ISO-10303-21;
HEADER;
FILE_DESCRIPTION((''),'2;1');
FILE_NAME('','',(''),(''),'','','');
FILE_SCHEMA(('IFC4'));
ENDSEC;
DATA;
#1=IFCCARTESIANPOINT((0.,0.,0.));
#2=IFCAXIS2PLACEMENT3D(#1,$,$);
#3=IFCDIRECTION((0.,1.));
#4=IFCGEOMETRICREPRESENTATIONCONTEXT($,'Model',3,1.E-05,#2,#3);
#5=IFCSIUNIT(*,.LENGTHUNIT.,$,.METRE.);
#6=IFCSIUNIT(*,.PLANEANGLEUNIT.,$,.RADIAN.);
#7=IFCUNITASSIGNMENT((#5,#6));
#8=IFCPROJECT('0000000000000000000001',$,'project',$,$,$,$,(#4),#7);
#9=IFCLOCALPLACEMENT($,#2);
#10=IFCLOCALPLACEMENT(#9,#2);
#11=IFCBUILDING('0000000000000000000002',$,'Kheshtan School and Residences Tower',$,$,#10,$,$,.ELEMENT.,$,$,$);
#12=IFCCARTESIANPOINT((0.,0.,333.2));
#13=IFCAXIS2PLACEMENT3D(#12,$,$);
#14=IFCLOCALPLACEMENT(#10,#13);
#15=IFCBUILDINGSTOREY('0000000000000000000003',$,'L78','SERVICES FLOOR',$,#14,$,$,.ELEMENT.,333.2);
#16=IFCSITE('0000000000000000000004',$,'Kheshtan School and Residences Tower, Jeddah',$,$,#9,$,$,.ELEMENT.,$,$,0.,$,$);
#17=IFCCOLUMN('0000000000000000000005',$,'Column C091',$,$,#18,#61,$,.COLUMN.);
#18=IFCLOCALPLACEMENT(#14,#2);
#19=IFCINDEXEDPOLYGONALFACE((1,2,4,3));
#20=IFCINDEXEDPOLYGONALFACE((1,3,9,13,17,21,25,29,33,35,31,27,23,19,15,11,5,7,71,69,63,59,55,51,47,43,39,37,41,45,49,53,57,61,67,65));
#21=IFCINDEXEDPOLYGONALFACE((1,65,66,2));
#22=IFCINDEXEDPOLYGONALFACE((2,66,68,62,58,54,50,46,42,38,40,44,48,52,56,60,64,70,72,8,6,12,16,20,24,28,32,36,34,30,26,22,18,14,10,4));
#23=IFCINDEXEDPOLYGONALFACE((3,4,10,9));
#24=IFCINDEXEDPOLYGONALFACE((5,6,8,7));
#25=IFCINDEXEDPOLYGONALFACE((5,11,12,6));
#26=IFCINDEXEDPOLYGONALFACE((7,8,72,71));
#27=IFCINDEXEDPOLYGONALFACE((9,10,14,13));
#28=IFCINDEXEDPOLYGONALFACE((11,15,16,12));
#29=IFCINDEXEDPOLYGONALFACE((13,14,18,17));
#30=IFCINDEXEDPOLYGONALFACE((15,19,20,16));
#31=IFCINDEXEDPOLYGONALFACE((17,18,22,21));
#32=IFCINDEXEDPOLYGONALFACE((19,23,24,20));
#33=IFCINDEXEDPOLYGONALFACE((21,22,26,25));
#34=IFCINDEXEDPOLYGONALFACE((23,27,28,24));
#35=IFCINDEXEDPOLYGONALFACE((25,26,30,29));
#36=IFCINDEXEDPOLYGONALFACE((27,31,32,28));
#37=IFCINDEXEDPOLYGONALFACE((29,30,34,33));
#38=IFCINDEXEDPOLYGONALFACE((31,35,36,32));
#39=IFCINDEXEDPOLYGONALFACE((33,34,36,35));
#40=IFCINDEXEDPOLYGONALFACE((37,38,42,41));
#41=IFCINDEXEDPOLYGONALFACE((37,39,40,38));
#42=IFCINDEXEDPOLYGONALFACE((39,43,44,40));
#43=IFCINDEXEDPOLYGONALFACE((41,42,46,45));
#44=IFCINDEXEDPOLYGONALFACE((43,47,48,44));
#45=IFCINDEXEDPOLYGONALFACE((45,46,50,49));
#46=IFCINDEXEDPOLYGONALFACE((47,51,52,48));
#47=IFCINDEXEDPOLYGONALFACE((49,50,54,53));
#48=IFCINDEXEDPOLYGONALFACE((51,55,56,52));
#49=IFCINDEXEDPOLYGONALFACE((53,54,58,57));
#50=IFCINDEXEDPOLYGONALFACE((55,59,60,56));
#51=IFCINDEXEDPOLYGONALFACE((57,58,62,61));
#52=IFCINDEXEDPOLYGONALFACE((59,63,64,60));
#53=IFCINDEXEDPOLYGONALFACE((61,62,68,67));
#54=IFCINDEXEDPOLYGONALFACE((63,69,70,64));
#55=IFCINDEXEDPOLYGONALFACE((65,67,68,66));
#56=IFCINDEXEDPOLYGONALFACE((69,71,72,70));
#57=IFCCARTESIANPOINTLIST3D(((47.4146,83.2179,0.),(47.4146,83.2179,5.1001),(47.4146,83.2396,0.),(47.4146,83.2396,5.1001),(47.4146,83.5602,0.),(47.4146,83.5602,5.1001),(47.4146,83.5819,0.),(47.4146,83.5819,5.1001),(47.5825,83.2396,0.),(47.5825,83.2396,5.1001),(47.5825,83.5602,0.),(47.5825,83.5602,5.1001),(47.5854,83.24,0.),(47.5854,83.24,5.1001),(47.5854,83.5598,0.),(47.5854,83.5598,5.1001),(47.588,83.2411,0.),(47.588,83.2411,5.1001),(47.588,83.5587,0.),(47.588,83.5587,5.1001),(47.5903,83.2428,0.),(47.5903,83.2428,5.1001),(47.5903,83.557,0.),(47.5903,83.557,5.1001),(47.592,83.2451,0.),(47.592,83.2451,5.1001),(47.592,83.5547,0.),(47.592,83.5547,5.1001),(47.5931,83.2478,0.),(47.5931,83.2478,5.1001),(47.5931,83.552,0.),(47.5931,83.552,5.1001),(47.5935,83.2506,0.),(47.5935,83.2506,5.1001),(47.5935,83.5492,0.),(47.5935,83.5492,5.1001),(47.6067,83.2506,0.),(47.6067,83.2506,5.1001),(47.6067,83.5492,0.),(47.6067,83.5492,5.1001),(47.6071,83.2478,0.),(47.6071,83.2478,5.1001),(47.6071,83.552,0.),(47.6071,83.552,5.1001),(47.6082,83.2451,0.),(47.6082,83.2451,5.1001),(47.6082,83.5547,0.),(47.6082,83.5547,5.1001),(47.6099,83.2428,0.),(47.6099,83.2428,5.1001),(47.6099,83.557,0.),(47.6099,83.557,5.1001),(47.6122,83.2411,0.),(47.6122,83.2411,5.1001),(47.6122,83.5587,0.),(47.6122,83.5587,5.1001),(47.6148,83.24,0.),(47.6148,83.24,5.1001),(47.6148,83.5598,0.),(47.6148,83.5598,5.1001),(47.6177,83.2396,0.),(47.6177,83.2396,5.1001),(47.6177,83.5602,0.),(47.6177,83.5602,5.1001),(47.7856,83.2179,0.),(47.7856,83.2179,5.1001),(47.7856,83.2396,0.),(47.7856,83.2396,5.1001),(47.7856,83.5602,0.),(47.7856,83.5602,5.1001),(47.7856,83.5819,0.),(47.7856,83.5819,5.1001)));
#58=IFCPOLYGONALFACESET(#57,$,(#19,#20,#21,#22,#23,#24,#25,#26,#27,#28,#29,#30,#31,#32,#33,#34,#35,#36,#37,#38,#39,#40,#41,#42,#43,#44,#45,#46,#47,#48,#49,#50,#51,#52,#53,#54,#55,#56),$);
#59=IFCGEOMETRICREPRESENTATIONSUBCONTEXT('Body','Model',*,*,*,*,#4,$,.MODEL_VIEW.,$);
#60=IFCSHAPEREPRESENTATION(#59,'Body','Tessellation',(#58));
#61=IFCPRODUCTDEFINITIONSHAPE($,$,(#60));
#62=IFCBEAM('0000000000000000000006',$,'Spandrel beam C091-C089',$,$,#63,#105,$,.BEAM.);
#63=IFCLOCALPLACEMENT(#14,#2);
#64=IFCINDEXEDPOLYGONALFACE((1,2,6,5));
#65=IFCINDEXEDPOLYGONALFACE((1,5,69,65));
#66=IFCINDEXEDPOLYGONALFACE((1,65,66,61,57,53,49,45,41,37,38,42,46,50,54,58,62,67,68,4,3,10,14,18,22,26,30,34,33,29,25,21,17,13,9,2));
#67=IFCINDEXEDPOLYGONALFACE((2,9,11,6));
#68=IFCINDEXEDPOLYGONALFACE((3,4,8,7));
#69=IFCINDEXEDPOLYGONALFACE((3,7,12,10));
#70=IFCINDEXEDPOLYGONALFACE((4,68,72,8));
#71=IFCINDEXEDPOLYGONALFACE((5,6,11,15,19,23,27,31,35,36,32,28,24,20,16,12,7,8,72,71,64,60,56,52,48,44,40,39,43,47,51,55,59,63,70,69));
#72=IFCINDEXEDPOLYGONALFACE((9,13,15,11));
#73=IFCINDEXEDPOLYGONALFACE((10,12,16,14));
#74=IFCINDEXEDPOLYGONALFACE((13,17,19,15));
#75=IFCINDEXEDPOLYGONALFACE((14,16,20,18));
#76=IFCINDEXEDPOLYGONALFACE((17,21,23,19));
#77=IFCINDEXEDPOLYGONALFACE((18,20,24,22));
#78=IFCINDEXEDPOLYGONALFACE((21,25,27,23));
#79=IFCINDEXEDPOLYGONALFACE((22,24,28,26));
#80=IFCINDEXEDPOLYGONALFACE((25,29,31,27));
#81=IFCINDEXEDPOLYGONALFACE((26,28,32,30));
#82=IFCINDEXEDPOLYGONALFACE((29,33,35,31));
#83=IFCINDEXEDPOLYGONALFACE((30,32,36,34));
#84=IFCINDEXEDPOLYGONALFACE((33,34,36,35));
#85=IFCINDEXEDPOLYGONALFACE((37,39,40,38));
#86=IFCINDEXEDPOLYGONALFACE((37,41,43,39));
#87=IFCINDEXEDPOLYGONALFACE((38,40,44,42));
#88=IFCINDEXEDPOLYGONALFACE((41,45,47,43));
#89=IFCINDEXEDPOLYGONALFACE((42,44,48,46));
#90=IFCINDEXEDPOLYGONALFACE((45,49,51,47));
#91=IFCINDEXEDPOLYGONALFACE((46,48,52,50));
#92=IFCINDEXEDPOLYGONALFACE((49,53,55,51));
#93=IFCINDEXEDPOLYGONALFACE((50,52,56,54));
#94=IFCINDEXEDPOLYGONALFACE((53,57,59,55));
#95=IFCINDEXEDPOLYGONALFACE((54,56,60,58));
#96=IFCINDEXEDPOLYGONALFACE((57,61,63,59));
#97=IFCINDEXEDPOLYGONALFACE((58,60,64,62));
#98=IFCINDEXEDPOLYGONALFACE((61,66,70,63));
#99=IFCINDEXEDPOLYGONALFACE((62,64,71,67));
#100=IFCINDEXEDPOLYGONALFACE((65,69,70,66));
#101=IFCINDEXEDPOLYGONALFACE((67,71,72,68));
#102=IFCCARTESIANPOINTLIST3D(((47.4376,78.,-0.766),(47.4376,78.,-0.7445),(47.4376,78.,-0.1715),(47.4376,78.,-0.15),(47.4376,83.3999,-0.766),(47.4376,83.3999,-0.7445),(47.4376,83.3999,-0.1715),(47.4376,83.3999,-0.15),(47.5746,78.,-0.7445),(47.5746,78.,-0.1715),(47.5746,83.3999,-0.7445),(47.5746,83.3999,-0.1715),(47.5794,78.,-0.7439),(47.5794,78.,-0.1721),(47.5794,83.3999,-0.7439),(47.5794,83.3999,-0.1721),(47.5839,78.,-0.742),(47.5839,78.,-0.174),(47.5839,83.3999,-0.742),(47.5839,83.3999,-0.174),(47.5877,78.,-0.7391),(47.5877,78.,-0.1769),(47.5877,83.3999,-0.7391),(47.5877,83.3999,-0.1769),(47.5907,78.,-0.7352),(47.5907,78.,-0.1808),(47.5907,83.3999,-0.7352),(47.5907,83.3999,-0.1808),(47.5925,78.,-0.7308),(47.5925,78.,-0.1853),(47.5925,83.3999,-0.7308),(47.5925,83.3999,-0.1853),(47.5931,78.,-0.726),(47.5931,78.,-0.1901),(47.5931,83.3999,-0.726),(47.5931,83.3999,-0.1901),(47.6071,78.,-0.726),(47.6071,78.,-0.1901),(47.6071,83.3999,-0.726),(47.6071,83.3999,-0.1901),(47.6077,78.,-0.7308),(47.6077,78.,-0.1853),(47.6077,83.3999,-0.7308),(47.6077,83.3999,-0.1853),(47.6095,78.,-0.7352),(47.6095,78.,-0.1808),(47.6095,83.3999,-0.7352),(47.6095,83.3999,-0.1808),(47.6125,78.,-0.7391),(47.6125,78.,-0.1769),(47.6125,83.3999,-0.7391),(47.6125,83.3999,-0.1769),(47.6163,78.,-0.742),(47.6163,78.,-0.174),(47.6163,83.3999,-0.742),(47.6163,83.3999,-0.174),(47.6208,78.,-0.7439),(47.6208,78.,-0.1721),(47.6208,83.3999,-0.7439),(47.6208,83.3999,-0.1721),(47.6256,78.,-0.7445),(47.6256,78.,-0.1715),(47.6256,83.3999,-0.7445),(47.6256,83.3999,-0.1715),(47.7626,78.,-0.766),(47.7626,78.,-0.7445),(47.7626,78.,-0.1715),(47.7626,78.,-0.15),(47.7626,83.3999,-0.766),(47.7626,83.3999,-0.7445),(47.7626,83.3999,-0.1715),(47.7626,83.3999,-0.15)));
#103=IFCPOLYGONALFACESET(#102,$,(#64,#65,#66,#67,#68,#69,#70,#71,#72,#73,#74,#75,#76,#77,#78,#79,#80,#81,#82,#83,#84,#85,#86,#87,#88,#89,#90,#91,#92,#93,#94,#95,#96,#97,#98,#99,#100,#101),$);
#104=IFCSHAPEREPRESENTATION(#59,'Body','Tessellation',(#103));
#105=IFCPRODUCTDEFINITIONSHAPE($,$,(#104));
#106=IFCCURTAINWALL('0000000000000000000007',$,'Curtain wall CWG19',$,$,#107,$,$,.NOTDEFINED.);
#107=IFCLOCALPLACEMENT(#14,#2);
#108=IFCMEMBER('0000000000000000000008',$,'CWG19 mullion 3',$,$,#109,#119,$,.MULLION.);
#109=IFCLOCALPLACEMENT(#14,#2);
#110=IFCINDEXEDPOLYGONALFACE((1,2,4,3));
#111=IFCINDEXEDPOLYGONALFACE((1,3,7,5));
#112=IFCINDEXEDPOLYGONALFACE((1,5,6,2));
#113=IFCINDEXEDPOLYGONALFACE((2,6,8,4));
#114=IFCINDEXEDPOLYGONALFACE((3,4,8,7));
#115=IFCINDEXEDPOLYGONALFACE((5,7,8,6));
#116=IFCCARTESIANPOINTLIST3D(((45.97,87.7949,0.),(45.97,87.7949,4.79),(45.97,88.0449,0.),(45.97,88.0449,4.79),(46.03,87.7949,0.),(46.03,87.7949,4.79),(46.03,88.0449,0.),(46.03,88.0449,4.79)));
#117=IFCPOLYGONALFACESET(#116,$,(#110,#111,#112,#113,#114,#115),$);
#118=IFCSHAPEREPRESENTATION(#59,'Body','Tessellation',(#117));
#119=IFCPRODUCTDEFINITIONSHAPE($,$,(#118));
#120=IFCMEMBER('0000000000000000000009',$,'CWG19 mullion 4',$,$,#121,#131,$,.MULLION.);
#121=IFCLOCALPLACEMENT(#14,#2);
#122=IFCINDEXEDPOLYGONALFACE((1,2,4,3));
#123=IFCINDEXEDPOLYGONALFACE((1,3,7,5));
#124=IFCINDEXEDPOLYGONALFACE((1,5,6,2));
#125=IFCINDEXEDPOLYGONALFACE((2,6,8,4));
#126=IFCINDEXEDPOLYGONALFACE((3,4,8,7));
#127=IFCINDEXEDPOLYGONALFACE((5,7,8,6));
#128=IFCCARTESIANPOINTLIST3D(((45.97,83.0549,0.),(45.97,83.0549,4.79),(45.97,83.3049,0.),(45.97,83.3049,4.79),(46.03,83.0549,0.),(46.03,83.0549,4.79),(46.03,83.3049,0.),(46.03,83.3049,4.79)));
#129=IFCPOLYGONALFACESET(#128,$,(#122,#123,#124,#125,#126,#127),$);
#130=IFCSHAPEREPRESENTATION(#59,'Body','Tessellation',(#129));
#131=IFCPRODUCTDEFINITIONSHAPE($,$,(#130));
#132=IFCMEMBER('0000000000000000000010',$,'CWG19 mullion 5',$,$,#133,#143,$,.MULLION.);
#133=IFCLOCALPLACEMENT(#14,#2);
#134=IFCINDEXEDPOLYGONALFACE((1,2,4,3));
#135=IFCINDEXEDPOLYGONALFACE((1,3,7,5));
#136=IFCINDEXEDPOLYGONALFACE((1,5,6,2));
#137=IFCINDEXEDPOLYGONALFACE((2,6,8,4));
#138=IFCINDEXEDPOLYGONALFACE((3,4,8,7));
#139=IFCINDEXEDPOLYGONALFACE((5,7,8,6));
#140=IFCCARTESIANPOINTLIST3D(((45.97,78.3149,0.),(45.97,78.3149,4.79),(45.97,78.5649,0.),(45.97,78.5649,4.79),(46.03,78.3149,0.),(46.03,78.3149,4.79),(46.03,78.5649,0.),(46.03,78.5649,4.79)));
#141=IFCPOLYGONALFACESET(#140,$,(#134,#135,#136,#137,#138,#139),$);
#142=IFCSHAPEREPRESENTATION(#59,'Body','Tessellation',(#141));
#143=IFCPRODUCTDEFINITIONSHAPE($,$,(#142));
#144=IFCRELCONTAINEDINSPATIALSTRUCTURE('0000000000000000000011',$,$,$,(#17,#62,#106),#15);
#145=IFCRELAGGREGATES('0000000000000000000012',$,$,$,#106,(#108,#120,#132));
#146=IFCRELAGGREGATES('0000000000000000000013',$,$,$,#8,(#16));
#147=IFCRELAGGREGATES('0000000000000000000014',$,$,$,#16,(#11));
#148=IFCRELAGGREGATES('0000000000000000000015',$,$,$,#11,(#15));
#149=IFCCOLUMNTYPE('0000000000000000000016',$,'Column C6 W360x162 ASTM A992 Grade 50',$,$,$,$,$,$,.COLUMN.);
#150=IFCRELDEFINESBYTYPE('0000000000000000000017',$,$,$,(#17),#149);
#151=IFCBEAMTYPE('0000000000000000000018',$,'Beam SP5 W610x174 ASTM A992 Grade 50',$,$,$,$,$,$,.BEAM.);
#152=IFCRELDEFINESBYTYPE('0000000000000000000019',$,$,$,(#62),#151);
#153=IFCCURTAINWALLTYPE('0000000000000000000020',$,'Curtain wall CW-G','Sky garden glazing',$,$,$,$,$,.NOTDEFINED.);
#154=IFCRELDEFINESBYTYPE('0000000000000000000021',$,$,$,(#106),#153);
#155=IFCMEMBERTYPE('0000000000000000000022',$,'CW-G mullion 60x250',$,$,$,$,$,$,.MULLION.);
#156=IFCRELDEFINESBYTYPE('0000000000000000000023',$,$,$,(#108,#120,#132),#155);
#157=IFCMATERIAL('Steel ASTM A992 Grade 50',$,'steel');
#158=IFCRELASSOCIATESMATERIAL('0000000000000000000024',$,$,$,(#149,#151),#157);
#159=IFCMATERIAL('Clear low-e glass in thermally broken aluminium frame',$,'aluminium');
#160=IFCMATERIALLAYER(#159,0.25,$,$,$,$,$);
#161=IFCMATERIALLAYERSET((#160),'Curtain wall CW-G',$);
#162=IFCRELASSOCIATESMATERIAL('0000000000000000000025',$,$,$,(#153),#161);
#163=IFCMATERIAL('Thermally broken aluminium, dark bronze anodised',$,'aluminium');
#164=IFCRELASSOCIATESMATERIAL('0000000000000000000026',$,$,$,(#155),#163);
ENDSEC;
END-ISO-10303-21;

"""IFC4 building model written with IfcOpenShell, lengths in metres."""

from ifc_helpers import new_model, si_unit, direction, frame, origin, origin_2d, place, context, subcontext, project, spatial, rectangle, i_section, extrude, material, layer, layer_set, material_profile, profile_set, type_object, element, aggregate, save


model = new_model("IFC4")

# Units and contexts
model_context = context("Model", 3, precision=1e-05, world=origin(), true_north=direction((0.0, 1.0)))
body_context = subcontext(model_context, "Body", "Model", "MODEL_VIEW")
ifc_project = project(units=[si_unit("LENGTHUNIT", "METRE"), si_unit("PLANEANGLEUNIT", "RADIAN")], contexts=[model_context])

# Site, building, storey
site_placement = place(None, origin())
site = spatial("IfcSite", under=ifc_project, at=site_placement, Name="Kheshtan School and Residences Tower, Jeddah", CompositionType="ELEMENT", RefElevation=0.0)
building_placement = place(site_placement, origin())
building = spatial("IfcBuilding", under=site, at=building_placement, Name="Kheshtan School and Residences Tower", CompositionType="ELEMENT")
storey_placement = place(building_placement, frame((0.0, 0.0, 333.2)))
storey = spatial("IfcBuildingStorey", under=building, at=storey_placement, Name="L78", Description="SERVICES FLOOR", CompositionType="ELEMENT", Elevation=333.2)

# Column
ifc_material_1 = material(Name="Steel ASTM A992 Grade 50", Category="steel")
ifc_material_profile_1 = material_profile(ifc_material_1, i_section(OverallWidth=0.3711, OverallDepth=0.364, WebThickness=0.0132, FlangeThickness=0.0217, FilletRadius=0.011, at=origin_2d()), Name="W360x162")
ifc_profile_set_1 = profile_set([ifc_material_profile_1], Name="Steel ASTM A992 Grade 50")
column_type = type_object("IfcColumnType", Name="Column C6 W360x162 ASTM A992 Grade 50", PredefinedType="COLUMN", material=ifc_profile_set_1)
column_placement = place(storey_placement, frame((47.6001, 83.3999, 0.0), z_axis=(0.0, 0.0, 1.0), x_axis=(1.0, 0.0, 0.0)))
element("IfcColumn", 1, at=column_placement, inside=storey, type_object=column_type, Name="Column C091", PredefinedType="COLUMN", context=body_context, shape_type="SweptSolid", body=[
    extrude(i_section(OverallWidth=0.3711, OverallDepth=0.364, WebThickness=0.0132, FlangeThickness=0.0217, FilletRadius=0.011, at=origin_2d()), origin(), (0.0, 0.0, 1.0), 5.1001),
])

# Beam
ifc_material_profile_2 = material_profile(ifc_material_1, i_section(OverallWidth=0.325, OverallDepth=0.616, WebThickness=0.0139, FlangeThickness=0.0215, FilletRadius=0.0186, at=origin_2d()), Name="W610x174")
ifc_profile_set_2 = profile_set([ifc_material_profile_2], Name="Steel ASTM A992 Grade 50")
beam_type = type_object("IfcBeamType", Name="Beam SP5 W610x174 ASTM A992 Grade 50", PredefinedType="BEAM", material=ifc_profile_set_2)
beam_placement = place(storey_placement, frame((47.6001, 83.3999, -0.458), z_axis=(0.0, -1.0, 0.0), x_axis=(1.0, 0.0, 0.0)))
element("IfcBeam", 2, at=beam_placement, inside=storey, type_object=beam_type, Name="Spandrel beam C091-C089", PredefinedType="BEAM", context=body_context, shape_type="SweptSolid", body=[
    extrude(i_section(OverallWidth=0.325, OverallDepth=0.616, WebThickness=0.0139, FlangeThickness=0.0215, FilletRadius=0.0186, at=origin_2d()), origin(), (0.0, 0.0, 1.0), 5.3999),
])

# Curtain wall, members
ifc_material_2 = material(Name="Clear low-e glass in thermally broken aluminium frame", Category="aluminium")
ifc_layer_1 = layer(ifc_material_2, 0.25)
ifc_layer_set_1 = layer_set([ifc_layer_1], Name="Curtain wall CW-G")
curtain_wall_type = type_object("IfcCurtainWallType", Name="Curtain wall CW-G", Description="Sky garden glazing", PredefinedType="NOTDEFINED", material=ifc_layer_set_1)
curtain_wall_placement = place(storey_placement, origin())
curtain_wall = element("IfcCurtainWall", 3, at=curtain_wall_placement, inside=storey, type_object=curtain_wall_type, Name="Curtain wall CWG19", PredefinedType="NOTDEFINED")
ifc_material_3 = material(Name="Thermally broken aluminium, dark bronze anodised", Category="aluminium")
ifc_material_profile_3 = material_profile(ifc_material_3, rectangle(XDim=0.0601, YDim=0.25, at=origin_2d()), Name="CW-G mullion 60x250")
ifc_profile_set_3 = profile_set([ifc_material_profile_3], Name="Thermally broken aluminium, dark bronze anodised")
member_type_1 = type_object("IfcMemberType", Name="CW-G mullion 60x250", PredefinedType="MULLION", material=ifc_profile_set_3)
member_1_placement = place(storey_placement, frame((46.0, 87.9199, 0.0), z_axis=(0.0, 0.0, 1.0), x_axis=(1.0, 0.0, 0.0)))
member_1 = element("IfcMember", 4, at=member_1_placement, type_object=member_type_1, Name="CWG19 mullion 3", PredefinedType="MULLION", context=body_context, shape_type="SweptSolid", body=[
    extrude(rectangle(XDim=0.0601, YDim=0.25, at=origin_2d()), origin(), (0.0, 0.0, 1.0), 4.79),
])
member_2_placement = place(storey_placement, frame((46.0, 83.1799, 0.0), z_axis=(0.0, 0.0, 1.0), x_axis=(1.0, 0.0, 0.0)))
member_2 = element("IfcMember", 5, at=member_2_placement, type_object=member_type_1, Name="CWG19 mullion 4", PredefinedType="MULLION", context=body_context, shape_type="SweptSolid", body=[
    extrude(rectangle(XDim=0.0601, YDim=0.25, at=origin_2d()), origin(), (0.0, 0.0, 1.0), 4.79),
])
member_3_placement = place(storey_placement, frame((46.0, 78.4399, 0.0), z_axis=(0.0, 0.0, 1.0), x_axis=(1.0, 0.0, 0.0)))
member_3 = element("IfcMember", 6, at=member_3_placement, type_object=member_type_1, Name="CWG19 mullion 5", PredefinedType="MULLION", context=body_context, shape_type="SweptSolid", body=[
    extrude(rectangle(XDim=0.0601, YDim=0.25, at=origin_2d()), origin(), (0.0, 0.0, 1.0), 4.79),
])

aggregate(curtain_wall, [member_1, member_2, member_3])

save(model, "model.ifc")
